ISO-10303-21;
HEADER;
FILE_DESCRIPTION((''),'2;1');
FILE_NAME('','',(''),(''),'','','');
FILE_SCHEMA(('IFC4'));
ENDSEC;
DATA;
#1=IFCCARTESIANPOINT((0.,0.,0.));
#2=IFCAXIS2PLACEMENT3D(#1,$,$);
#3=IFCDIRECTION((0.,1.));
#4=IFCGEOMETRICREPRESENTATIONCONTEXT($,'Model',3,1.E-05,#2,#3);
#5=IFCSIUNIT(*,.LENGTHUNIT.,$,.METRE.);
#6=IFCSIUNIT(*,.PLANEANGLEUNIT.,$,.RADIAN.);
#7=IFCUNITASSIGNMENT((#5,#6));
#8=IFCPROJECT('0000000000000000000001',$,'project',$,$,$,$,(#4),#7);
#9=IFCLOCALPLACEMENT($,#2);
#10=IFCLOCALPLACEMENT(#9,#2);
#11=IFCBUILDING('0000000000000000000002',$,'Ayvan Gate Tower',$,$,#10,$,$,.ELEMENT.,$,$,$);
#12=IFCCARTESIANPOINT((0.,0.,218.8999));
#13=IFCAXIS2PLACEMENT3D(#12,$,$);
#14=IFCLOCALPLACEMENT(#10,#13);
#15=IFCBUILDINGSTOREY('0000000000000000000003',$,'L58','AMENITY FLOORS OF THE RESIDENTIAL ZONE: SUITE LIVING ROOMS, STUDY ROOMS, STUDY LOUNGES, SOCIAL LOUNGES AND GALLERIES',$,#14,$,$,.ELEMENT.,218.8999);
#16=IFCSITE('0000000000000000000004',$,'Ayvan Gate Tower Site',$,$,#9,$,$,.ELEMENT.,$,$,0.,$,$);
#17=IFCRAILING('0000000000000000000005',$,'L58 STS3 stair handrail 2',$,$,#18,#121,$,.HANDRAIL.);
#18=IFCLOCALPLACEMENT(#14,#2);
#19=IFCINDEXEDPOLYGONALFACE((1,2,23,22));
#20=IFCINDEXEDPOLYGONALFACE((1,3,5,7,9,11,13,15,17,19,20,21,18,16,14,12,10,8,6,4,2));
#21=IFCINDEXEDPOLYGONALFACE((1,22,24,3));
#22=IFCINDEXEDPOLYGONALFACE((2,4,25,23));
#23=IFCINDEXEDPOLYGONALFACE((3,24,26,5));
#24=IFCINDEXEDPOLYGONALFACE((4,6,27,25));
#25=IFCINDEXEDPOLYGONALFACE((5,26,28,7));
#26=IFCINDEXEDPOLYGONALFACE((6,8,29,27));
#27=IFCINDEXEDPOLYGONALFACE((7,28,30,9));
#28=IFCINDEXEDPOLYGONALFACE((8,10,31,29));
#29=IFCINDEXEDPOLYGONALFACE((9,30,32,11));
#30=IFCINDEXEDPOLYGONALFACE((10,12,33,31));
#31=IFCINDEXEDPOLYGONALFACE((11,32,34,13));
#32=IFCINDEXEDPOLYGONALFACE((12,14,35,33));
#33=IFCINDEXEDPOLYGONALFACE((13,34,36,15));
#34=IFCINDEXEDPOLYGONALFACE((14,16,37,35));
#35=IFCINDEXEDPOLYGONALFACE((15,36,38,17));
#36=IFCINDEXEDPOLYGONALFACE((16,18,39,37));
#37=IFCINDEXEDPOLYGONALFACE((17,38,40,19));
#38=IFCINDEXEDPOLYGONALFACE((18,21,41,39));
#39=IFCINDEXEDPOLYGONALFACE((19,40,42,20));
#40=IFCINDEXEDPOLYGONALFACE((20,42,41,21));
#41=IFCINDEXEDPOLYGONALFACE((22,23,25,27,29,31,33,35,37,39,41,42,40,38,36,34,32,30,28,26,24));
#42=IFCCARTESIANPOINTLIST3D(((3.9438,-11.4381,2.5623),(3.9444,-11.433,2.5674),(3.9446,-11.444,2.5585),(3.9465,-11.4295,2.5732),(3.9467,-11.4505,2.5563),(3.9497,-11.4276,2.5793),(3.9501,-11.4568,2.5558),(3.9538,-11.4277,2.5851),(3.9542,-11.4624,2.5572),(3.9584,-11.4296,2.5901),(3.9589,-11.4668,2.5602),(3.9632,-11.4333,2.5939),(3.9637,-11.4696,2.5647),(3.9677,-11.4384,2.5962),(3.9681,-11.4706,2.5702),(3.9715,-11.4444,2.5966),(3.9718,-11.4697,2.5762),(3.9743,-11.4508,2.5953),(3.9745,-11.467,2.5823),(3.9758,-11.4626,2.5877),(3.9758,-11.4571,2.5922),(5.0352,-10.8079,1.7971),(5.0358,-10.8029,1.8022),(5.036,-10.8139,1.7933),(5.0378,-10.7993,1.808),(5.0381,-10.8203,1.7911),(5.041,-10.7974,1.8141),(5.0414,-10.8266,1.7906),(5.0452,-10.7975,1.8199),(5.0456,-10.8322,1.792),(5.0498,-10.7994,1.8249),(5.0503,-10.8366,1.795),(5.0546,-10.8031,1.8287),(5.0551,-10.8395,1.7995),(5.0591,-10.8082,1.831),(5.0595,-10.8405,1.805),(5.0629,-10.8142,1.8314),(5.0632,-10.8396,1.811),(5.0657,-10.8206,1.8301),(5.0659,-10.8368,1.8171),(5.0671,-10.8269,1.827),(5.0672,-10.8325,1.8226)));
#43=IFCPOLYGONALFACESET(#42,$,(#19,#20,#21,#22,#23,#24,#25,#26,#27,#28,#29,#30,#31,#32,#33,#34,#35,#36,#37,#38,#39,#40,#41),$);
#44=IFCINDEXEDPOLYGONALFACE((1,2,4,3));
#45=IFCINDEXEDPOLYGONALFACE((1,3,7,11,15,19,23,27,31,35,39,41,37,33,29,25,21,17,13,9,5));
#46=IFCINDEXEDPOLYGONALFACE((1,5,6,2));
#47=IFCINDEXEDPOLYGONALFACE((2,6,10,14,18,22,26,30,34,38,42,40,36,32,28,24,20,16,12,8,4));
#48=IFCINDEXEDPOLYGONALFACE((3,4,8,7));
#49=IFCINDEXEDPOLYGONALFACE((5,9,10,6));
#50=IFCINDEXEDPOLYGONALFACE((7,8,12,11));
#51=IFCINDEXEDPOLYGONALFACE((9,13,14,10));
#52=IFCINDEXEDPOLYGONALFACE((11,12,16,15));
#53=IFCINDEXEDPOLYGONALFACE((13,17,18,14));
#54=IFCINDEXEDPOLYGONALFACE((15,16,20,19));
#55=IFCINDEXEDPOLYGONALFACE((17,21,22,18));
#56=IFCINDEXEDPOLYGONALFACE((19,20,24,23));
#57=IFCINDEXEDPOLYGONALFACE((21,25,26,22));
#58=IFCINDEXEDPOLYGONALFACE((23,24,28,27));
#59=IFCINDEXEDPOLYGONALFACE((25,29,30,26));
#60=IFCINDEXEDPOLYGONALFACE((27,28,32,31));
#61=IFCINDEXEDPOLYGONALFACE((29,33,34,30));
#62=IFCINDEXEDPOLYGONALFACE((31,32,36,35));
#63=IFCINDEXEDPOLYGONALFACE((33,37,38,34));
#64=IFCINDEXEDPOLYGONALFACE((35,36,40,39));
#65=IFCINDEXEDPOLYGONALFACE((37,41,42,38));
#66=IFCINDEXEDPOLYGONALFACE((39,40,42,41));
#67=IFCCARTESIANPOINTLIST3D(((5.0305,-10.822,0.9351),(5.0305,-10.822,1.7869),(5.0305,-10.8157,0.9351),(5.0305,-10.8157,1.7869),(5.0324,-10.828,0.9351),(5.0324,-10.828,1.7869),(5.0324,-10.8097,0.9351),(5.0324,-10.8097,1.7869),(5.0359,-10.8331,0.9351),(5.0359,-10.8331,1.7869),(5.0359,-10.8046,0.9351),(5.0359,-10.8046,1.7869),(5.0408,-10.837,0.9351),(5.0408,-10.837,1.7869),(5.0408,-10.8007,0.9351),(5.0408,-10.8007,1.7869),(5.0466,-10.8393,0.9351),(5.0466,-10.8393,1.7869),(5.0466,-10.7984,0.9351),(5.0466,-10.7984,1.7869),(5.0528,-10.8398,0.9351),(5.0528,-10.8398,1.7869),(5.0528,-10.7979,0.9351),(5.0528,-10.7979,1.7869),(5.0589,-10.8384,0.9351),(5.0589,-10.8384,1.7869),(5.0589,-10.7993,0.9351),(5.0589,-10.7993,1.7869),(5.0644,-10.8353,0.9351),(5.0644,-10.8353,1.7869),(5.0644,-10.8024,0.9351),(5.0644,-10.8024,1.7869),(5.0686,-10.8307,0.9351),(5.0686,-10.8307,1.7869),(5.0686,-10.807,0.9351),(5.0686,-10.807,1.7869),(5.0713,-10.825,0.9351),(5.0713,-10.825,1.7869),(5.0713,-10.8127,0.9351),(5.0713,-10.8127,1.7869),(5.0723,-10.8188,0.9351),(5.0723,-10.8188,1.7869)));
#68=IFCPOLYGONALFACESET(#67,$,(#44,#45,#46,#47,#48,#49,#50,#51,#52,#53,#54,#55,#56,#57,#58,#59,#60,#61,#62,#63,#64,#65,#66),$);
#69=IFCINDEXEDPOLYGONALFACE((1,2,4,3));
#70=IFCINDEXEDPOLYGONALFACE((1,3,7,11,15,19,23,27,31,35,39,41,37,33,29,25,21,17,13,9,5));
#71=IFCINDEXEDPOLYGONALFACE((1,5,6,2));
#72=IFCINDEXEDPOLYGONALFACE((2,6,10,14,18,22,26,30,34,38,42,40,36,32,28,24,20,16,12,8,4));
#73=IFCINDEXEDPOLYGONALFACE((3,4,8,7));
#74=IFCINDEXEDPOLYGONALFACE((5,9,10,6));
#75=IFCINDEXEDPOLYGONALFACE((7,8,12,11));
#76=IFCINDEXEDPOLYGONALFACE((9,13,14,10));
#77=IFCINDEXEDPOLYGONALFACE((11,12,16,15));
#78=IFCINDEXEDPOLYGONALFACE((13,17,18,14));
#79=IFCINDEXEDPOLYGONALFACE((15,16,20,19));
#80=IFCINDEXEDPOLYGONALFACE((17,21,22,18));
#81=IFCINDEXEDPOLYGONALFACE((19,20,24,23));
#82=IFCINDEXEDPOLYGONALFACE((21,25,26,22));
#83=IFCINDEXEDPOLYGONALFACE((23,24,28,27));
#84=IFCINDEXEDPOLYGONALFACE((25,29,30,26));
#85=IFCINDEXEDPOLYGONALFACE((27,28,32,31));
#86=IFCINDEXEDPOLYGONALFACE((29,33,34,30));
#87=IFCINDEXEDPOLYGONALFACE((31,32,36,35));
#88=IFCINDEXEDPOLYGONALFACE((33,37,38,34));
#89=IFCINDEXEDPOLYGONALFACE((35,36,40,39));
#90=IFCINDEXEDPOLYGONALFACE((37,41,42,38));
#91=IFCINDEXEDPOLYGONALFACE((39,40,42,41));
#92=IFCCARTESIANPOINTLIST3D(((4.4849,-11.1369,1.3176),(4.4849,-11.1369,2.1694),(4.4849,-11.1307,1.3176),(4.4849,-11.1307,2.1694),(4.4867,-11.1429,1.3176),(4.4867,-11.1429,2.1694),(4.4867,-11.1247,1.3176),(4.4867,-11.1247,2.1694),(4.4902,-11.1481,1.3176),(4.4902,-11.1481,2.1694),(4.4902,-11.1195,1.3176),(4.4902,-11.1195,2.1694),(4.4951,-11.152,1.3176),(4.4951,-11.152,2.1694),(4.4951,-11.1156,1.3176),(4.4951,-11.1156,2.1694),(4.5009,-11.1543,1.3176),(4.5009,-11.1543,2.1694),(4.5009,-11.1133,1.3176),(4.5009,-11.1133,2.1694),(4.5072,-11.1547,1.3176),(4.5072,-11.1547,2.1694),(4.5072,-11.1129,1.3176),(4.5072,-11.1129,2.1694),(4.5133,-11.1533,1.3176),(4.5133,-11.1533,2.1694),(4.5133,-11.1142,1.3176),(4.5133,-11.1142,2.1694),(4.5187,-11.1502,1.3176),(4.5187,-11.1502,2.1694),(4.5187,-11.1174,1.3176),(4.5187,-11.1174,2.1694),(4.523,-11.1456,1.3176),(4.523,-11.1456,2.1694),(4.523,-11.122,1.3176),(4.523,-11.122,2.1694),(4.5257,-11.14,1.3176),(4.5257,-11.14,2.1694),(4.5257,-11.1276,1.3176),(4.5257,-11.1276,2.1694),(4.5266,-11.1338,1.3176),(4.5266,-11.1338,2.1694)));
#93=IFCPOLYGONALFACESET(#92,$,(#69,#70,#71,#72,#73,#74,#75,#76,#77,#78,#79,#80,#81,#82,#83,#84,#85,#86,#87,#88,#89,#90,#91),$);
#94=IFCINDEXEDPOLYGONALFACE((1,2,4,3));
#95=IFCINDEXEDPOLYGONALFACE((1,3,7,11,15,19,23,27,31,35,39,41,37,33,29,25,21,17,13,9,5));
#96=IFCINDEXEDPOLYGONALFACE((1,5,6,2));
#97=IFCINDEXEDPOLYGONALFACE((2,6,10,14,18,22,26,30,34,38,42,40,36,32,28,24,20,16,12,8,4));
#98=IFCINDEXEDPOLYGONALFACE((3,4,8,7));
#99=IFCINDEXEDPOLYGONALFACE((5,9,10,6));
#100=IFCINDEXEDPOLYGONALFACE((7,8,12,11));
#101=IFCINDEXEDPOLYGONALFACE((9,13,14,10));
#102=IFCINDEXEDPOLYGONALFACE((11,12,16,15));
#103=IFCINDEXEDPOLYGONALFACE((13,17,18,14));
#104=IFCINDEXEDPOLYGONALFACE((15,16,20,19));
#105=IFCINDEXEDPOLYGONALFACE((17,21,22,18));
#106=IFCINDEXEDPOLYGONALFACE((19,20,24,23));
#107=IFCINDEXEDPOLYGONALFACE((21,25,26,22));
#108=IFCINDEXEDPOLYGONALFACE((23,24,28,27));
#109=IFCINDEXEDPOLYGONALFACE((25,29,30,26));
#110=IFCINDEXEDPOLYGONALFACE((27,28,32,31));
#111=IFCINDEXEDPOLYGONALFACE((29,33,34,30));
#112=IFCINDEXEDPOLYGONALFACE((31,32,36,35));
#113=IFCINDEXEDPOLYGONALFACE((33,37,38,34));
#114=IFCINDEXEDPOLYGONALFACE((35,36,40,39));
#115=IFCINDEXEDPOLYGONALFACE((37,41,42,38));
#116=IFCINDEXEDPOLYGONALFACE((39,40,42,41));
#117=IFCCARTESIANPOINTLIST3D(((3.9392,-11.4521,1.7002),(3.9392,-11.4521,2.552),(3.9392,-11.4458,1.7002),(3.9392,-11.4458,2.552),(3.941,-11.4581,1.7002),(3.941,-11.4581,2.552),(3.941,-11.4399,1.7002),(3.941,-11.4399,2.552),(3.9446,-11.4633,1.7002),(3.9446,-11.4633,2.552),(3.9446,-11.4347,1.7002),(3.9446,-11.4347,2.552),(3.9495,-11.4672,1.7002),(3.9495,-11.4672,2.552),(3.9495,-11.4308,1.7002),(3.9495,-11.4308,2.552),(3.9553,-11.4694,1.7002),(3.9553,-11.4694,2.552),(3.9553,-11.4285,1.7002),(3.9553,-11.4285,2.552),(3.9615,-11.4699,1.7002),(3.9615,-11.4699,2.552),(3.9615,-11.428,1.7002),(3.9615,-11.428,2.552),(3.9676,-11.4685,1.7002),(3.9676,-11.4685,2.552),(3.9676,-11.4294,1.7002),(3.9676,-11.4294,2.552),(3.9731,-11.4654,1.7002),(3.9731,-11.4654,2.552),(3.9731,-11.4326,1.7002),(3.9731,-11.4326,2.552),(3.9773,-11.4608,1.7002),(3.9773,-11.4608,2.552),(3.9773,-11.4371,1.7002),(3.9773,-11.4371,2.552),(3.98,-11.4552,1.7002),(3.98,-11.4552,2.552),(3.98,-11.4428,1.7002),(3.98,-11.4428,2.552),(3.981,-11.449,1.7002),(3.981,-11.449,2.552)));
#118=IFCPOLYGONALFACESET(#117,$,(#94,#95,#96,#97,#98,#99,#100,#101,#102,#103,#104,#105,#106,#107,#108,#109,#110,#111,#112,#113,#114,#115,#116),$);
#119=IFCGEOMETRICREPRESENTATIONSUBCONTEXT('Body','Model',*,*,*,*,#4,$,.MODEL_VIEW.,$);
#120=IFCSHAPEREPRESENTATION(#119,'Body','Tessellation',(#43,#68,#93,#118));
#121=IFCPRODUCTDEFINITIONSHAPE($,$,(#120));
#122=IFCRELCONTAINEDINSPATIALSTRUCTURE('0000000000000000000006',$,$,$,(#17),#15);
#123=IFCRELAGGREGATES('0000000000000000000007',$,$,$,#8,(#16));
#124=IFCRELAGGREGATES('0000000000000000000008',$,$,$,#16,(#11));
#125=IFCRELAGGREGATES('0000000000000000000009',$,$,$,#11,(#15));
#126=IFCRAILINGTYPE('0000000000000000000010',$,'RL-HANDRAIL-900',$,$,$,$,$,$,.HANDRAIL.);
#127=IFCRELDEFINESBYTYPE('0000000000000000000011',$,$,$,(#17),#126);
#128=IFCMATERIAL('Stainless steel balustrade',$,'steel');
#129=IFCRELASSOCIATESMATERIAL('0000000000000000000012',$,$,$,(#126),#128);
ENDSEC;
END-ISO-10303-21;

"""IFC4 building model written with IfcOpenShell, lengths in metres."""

from ifc_helpers import new_model, si_unit, direction, frame, origin, origin_2d, place, context, subcontext, project, spatial, circle, extrude, material, type_object, element, save


model = new_model("IFC4")

# Units and contexts
model_context = context("Model", 3, precision=1e-05, world=origin(), true_north=direction((0.0, 1.0)))
body_context = subcontext(model_context, "Body", "Model", "MODEL_VIEW")
ifc_project = project(units=[si_unit("LENGTHUNIT", "METRE"), si_unit("PLANEANGLEUNIT", "RADIAN")], contexts=[model_context])

# Site, building, storey
site_placement = place(None, origin())
site = spatial("IfcSite", under=ifc_project, at=site_placement, Name="Ayvan Gate Tower Site", CompositionType="ELEMENT", RefElevation=0.0)
building_placement = place(site_placement, origin())
building = spatial("IfcBuilding", under=site, at=building_placement, Name="Ayvan Gate Tower", CompositionType="ELEMENT")
storey_placement = place(building_placement, frame((0.0, 0.0, 218.8999)))
storey = spatial("IfcBuildingStorey", under=building, at=storey_placement, Name="L58", Description="AMENITY FLOORS OF THE RESIDENTIAL ZONE: SUITE LIVING ROOMS, STUDY ROOMS, STUDY LOUNGES, SOCIAL LOUNGES AND GALLERIES", CompositionType="ELEMENT", Elevation=218.8999)

# Railing
ifc_material_1 = material(Name="Stainless steel balustrade", Category="steel")
railing_type_1 = type_object("IfcRailingType", Name="RL-HANDRAIL-900", PredefinedType="HANDRAIL", material=ifc_material_1)
railing_1_placement = place(storey_placement, frame((5.0513, -10.8188, 0.9351)))
element("IfcRailing", 1, at=railing_1_placement, inside=storey, type_object=railing_type_1, Name="L58 STS3 stair handrail 2", PredefinedType="HANDRAIL", context=body_context, shape_type="SweptSolid", body=[
    extrude(circle(Radius=0.0239, at=origin_2d()), frame((0.0, 0.0, 0.876), z_axis=(-0.740241, -0.427419, 0.518996), x_axis=(0.500035, -0.866005, 0.0)), (0.0, 0.0, 1.0), 1.4744),
    extrude(circle(Radius=0.021, at=origin_2d()), origin(), (0.0, 0.0, 1.0), 0.8518),
    extrude(circle(Radius=0.021, at=origin_2d()), frame((-0.5457, -0.3149, 0.3826)), (0.0, 0.0, 1.0), 0.8518),
    extrude(circle(Radius=0.021, at=origin_2d()), frame((-1.0913, -0.6301, 0.7651)), (0.0, 0.0, 1.0), 0.8518),
])

save(model, "model.ifc")
